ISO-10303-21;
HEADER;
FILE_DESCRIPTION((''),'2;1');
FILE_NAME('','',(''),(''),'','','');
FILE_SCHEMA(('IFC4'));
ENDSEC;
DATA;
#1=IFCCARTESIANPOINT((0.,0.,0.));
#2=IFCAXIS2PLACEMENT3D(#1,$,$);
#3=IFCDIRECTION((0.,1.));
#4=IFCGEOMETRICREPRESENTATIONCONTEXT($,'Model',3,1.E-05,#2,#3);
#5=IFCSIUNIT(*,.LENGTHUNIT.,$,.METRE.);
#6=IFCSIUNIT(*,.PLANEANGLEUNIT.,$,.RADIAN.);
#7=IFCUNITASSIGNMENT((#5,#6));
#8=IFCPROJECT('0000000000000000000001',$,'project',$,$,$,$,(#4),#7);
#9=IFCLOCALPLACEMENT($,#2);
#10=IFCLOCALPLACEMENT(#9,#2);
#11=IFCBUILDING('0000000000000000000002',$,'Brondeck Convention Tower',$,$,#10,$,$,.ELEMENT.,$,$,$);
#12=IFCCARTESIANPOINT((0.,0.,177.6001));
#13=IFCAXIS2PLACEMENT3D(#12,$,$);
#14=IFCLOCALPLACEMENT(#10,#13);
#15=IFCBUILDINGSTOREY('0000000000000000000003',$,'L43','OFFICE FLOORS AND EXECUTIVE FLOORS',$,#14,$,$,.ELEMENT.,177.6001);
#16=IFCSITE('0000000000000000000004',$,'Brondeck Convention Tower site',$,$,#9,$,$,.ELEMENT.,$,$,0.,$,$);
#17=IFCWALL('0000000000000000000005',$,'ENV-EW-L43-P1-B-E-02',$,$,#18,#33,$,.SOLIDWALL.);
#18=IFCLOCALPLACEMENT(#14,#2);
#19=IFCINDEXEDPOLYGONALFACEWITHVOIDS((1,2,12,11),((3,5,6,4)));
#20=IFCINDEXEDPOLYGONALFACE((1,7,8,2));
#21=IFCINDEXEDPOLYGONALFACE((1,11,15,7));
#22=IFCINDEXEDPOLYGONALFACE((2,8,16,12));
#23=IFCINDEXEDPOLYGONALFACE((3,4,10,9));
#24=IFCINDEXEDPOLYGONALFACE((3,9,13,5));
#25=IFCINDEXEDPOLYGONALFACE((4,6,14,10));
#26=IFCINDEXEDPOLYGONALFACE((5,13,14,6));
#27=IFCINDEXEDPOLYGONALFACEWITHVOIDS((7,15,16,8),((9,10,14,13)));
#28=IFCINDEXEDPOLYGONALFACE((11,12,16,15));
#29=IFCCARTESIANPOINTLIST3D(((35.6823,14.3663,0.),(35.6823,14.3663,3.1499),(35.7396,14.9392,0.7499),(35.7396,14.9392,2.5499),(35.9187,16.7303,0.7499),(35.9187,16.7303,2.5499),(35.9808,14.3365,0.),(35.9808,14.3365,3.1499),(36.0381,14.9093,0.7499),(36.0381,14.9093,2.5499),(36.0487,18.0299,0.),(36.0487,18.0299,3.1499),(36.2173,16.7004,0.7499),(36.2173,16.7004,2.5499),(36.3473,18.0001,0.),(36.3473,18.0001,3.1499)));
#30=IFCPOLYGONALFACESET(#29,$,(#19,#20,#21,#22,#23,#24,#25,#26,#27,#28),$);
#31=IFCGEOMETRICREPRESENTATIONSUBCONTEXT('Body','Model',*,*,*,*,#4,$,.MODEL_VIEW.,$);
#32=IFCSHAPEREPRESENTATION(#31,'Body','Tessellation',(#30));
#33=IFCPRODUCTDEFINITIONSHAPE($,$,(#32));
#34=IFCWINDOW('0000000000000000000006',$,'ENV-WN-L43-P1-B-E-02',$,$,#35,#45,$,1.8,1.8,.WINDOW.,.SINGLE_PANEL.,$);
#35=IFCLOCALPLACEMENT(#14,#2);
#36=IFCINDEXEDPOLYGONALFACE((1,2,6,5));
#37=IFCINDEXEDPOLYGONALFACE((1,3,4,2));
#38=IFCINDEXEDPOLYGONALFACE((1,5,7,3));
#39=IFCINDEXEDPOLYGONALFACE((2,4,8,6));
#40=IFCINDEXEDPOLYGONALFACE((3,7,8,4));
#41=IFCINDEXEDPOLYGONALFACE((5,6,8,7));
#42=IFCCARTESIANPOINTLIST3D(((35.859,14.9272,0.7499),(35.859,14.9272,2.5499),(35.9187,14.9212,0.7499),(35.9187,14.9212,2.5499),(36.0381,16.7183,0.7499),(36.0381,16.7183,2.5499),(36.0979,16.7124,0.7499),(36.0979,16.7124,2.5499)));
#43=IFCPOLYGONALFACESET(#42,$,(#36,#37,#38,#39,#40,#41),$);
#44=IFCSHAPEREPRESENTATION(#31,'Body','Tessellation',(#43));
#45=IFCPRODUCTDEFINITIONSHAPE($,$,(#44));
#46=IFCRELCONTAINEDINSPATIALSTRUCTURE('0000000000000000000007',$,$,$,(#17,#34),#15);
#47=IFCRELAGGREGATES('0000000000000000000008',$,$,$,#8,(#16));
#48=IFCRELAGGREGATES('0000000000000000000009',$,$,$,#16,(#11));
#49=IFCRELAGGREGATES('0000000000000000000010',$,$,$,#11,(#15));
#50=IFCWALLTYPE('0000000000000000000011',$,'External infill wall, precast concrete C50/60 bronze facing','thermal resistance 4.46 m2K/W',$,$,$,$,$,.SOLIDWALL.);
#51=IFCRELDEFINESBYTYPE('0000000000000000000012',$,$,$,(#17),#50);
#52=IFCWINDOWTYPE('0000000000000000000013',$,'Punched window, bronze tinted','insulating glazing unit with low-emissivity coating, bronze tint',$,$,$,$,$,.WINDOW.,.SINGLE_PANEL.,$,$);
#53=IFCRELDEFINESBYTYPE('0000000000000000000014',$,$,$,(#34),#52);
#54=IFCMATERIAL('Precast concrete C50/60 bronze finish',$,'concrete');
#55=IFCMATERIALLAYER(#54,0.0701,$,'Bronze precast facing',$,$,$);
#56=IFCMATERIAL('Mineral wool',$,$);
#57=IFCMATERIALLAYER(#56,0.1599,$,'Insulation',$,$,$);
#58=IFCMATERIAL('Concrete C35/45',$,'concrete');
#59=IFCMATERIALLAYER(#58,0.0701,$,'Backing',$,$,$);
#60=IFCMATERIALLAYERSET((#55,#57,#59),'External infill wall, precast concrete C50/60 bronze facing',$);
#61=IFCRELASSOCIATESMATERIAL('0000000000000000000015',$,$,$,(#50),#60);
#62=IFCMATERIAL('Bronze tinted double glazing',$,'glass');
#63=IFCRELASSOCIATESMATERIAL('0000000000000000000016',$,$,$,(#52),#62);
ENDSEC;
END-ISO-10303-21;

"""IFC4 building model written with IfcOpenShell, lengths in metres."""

from ifc_helpers import new_model, si_unit, direction, frame, frame_2d, origin, place, context, subcontext, project, spatial, rectangle, extrude, material, layer, layer_set, type_object, element, fill, save


model = new_model("IFC4")

# Units and contexts
model_context = context("Model", 3, precision=1e-05, world=origin(), true_north=direction((0.0, 1.0)))
body_context = subcontext(model_context, "Body", "Model", "MODEL_VIEW")
ifc_project = project(units=[si_unit("LENGTHUNIT", "METRE"), si_unit("PLANEANGLEUNIT", "RADIAN")], contexts=[model_context])

# Site, building, storey
site_placement = place(None, origin())
site = spatial("IfcSite", under=ifc_project, at=site_placement, Name="Brondeck Convention Tower site", CompositionType="ELEMENT", RefElevation=0.0)
building_placement = place(site_placement, origin())
building = spatial("IfcBuilding", under=site, at=building_placement, Name="Brondeck Convention Tower", CompositionType="ELEMENT")
storey_placement = place(building_placement, frame((0.0, 0.0, 177.6001)))
storey = spatial("IfcBuildingStorey", under=building, at=storey_placement, Name="L43", Description="OFFICE FLOORS AND EXECUTIVE FLOORS", CompositionType="ELEMENT", Elevation=177.6001)

# Shared definitions
ifc_material_1 = material(Name="Precast concrete C50/60 bronze finish", Category="concrete")
ifc_layer_1 = layer(ifc_material_1, 0.0701, Name="Bronze precast facing")
ifc_material_2 = material(Name="Mineral wool")
ifc_layer_2 = layer(ifc_material_2, 0.1599, Name="Insulation")
ifc_material_3 = material(Name="Concrete C35/45", Category="concrete")
ifc_layer_3 = layer(ifc_material_3, 0.0701, Name="Backing")
ifc_layer_set = layer_set([ifc_layer_1, ifc_layer_2, ifc_layer_3], Name="External infill wall, precast concrete C50/60 bronze facing")
wall_type = type_object("IfcWallType", Name="External infill wall, precast concrete C50/60 bronze facing", Description="thermal resistance 4.46 m2K/W", PredefinedType="SOLIDWALL", material=ifc_layer_set)
ifc_material_4 = material(Name="Bronze tinted double glazing", Category="glass")
window_type_1 = type_object("IfcWindowType", Name="Punched window, bronze tinted", Description="insulating glazing unit with low-emissivity coating, bronze tint", PartitioningType="SINGLE_PANEL", PredefinedType="WINDOW", material=ifc_material_4)

# Wall, opening, window
wall_1_placement = place(storey_placement, frame((36.198, 18.0149, 0.0), z_axis=(0.0, 0.0, 1.0), x_axis=(-0.09953, -0.995035, 0.0)))
wall_1 = element("IfcWall", 1, at=wall_1_placement, inside=storey, type_object=wall_type, Name="ENV-EW-L43-P1-B-E-02", PredefinedType="SOLIDWALL", context=body_context, shape_type="SweptSolid", body=[
    extrude(rectangle(XDim=3.6819, YDim=0.3, at=frame_2d((1.8408, 0.0))), origin(), (0.0, 0.0, 1.0), 3.1499),
])
opening_1_placement = place(wall_1_placement, frame((1.3062, 0.0, 0.75)))
opening_1 = element("IfcOpeningElement", 2, at=opening_1_placement, cuts=wall_1, PredefinedType="OPENING", context=body_context, shape_type="SweptSolid", body=[
    extrude(rectangle(XDim=1.8, YDim=1.8, at=frame_2d((0.8999, 0.8999))), frame((0.0, 0.1599, 0.0), z_axis=(0.0, -1.0, 0.0), x_axis=(1.0, 0.0, 0.0)), (0.0, 0.0, 1.0), 0.3201),
])
window_1_placement = place(opening_1_placement, origin())
window_1 = element("IfcWindow", 3, at=window_1_placement, inside=storey, type_object=window_type_1, Name="ENV-WN-L43-P1-B-E-02", OverallHeight=1.8, OverallWidth=1.8, PartitioningType="SINGLE_PANEL", PredefinedType="WINDOW", context=body_context, shape_type="SweptSolid", body=[
    extrude(rectangle(XDim=1.8, YDim=1.8, at=frame_2d((0.8999, 0.8999))), frame((0.0, 0.03, 0.0), z_axis=(0.0, -1.0, 0.0), x_axis=(1.0, 0.0, 0.0)), (0.0, 0.0, 1.0), 0.0601),
])
fill(opening_1, window_1)

save(model, "model.ifc")
